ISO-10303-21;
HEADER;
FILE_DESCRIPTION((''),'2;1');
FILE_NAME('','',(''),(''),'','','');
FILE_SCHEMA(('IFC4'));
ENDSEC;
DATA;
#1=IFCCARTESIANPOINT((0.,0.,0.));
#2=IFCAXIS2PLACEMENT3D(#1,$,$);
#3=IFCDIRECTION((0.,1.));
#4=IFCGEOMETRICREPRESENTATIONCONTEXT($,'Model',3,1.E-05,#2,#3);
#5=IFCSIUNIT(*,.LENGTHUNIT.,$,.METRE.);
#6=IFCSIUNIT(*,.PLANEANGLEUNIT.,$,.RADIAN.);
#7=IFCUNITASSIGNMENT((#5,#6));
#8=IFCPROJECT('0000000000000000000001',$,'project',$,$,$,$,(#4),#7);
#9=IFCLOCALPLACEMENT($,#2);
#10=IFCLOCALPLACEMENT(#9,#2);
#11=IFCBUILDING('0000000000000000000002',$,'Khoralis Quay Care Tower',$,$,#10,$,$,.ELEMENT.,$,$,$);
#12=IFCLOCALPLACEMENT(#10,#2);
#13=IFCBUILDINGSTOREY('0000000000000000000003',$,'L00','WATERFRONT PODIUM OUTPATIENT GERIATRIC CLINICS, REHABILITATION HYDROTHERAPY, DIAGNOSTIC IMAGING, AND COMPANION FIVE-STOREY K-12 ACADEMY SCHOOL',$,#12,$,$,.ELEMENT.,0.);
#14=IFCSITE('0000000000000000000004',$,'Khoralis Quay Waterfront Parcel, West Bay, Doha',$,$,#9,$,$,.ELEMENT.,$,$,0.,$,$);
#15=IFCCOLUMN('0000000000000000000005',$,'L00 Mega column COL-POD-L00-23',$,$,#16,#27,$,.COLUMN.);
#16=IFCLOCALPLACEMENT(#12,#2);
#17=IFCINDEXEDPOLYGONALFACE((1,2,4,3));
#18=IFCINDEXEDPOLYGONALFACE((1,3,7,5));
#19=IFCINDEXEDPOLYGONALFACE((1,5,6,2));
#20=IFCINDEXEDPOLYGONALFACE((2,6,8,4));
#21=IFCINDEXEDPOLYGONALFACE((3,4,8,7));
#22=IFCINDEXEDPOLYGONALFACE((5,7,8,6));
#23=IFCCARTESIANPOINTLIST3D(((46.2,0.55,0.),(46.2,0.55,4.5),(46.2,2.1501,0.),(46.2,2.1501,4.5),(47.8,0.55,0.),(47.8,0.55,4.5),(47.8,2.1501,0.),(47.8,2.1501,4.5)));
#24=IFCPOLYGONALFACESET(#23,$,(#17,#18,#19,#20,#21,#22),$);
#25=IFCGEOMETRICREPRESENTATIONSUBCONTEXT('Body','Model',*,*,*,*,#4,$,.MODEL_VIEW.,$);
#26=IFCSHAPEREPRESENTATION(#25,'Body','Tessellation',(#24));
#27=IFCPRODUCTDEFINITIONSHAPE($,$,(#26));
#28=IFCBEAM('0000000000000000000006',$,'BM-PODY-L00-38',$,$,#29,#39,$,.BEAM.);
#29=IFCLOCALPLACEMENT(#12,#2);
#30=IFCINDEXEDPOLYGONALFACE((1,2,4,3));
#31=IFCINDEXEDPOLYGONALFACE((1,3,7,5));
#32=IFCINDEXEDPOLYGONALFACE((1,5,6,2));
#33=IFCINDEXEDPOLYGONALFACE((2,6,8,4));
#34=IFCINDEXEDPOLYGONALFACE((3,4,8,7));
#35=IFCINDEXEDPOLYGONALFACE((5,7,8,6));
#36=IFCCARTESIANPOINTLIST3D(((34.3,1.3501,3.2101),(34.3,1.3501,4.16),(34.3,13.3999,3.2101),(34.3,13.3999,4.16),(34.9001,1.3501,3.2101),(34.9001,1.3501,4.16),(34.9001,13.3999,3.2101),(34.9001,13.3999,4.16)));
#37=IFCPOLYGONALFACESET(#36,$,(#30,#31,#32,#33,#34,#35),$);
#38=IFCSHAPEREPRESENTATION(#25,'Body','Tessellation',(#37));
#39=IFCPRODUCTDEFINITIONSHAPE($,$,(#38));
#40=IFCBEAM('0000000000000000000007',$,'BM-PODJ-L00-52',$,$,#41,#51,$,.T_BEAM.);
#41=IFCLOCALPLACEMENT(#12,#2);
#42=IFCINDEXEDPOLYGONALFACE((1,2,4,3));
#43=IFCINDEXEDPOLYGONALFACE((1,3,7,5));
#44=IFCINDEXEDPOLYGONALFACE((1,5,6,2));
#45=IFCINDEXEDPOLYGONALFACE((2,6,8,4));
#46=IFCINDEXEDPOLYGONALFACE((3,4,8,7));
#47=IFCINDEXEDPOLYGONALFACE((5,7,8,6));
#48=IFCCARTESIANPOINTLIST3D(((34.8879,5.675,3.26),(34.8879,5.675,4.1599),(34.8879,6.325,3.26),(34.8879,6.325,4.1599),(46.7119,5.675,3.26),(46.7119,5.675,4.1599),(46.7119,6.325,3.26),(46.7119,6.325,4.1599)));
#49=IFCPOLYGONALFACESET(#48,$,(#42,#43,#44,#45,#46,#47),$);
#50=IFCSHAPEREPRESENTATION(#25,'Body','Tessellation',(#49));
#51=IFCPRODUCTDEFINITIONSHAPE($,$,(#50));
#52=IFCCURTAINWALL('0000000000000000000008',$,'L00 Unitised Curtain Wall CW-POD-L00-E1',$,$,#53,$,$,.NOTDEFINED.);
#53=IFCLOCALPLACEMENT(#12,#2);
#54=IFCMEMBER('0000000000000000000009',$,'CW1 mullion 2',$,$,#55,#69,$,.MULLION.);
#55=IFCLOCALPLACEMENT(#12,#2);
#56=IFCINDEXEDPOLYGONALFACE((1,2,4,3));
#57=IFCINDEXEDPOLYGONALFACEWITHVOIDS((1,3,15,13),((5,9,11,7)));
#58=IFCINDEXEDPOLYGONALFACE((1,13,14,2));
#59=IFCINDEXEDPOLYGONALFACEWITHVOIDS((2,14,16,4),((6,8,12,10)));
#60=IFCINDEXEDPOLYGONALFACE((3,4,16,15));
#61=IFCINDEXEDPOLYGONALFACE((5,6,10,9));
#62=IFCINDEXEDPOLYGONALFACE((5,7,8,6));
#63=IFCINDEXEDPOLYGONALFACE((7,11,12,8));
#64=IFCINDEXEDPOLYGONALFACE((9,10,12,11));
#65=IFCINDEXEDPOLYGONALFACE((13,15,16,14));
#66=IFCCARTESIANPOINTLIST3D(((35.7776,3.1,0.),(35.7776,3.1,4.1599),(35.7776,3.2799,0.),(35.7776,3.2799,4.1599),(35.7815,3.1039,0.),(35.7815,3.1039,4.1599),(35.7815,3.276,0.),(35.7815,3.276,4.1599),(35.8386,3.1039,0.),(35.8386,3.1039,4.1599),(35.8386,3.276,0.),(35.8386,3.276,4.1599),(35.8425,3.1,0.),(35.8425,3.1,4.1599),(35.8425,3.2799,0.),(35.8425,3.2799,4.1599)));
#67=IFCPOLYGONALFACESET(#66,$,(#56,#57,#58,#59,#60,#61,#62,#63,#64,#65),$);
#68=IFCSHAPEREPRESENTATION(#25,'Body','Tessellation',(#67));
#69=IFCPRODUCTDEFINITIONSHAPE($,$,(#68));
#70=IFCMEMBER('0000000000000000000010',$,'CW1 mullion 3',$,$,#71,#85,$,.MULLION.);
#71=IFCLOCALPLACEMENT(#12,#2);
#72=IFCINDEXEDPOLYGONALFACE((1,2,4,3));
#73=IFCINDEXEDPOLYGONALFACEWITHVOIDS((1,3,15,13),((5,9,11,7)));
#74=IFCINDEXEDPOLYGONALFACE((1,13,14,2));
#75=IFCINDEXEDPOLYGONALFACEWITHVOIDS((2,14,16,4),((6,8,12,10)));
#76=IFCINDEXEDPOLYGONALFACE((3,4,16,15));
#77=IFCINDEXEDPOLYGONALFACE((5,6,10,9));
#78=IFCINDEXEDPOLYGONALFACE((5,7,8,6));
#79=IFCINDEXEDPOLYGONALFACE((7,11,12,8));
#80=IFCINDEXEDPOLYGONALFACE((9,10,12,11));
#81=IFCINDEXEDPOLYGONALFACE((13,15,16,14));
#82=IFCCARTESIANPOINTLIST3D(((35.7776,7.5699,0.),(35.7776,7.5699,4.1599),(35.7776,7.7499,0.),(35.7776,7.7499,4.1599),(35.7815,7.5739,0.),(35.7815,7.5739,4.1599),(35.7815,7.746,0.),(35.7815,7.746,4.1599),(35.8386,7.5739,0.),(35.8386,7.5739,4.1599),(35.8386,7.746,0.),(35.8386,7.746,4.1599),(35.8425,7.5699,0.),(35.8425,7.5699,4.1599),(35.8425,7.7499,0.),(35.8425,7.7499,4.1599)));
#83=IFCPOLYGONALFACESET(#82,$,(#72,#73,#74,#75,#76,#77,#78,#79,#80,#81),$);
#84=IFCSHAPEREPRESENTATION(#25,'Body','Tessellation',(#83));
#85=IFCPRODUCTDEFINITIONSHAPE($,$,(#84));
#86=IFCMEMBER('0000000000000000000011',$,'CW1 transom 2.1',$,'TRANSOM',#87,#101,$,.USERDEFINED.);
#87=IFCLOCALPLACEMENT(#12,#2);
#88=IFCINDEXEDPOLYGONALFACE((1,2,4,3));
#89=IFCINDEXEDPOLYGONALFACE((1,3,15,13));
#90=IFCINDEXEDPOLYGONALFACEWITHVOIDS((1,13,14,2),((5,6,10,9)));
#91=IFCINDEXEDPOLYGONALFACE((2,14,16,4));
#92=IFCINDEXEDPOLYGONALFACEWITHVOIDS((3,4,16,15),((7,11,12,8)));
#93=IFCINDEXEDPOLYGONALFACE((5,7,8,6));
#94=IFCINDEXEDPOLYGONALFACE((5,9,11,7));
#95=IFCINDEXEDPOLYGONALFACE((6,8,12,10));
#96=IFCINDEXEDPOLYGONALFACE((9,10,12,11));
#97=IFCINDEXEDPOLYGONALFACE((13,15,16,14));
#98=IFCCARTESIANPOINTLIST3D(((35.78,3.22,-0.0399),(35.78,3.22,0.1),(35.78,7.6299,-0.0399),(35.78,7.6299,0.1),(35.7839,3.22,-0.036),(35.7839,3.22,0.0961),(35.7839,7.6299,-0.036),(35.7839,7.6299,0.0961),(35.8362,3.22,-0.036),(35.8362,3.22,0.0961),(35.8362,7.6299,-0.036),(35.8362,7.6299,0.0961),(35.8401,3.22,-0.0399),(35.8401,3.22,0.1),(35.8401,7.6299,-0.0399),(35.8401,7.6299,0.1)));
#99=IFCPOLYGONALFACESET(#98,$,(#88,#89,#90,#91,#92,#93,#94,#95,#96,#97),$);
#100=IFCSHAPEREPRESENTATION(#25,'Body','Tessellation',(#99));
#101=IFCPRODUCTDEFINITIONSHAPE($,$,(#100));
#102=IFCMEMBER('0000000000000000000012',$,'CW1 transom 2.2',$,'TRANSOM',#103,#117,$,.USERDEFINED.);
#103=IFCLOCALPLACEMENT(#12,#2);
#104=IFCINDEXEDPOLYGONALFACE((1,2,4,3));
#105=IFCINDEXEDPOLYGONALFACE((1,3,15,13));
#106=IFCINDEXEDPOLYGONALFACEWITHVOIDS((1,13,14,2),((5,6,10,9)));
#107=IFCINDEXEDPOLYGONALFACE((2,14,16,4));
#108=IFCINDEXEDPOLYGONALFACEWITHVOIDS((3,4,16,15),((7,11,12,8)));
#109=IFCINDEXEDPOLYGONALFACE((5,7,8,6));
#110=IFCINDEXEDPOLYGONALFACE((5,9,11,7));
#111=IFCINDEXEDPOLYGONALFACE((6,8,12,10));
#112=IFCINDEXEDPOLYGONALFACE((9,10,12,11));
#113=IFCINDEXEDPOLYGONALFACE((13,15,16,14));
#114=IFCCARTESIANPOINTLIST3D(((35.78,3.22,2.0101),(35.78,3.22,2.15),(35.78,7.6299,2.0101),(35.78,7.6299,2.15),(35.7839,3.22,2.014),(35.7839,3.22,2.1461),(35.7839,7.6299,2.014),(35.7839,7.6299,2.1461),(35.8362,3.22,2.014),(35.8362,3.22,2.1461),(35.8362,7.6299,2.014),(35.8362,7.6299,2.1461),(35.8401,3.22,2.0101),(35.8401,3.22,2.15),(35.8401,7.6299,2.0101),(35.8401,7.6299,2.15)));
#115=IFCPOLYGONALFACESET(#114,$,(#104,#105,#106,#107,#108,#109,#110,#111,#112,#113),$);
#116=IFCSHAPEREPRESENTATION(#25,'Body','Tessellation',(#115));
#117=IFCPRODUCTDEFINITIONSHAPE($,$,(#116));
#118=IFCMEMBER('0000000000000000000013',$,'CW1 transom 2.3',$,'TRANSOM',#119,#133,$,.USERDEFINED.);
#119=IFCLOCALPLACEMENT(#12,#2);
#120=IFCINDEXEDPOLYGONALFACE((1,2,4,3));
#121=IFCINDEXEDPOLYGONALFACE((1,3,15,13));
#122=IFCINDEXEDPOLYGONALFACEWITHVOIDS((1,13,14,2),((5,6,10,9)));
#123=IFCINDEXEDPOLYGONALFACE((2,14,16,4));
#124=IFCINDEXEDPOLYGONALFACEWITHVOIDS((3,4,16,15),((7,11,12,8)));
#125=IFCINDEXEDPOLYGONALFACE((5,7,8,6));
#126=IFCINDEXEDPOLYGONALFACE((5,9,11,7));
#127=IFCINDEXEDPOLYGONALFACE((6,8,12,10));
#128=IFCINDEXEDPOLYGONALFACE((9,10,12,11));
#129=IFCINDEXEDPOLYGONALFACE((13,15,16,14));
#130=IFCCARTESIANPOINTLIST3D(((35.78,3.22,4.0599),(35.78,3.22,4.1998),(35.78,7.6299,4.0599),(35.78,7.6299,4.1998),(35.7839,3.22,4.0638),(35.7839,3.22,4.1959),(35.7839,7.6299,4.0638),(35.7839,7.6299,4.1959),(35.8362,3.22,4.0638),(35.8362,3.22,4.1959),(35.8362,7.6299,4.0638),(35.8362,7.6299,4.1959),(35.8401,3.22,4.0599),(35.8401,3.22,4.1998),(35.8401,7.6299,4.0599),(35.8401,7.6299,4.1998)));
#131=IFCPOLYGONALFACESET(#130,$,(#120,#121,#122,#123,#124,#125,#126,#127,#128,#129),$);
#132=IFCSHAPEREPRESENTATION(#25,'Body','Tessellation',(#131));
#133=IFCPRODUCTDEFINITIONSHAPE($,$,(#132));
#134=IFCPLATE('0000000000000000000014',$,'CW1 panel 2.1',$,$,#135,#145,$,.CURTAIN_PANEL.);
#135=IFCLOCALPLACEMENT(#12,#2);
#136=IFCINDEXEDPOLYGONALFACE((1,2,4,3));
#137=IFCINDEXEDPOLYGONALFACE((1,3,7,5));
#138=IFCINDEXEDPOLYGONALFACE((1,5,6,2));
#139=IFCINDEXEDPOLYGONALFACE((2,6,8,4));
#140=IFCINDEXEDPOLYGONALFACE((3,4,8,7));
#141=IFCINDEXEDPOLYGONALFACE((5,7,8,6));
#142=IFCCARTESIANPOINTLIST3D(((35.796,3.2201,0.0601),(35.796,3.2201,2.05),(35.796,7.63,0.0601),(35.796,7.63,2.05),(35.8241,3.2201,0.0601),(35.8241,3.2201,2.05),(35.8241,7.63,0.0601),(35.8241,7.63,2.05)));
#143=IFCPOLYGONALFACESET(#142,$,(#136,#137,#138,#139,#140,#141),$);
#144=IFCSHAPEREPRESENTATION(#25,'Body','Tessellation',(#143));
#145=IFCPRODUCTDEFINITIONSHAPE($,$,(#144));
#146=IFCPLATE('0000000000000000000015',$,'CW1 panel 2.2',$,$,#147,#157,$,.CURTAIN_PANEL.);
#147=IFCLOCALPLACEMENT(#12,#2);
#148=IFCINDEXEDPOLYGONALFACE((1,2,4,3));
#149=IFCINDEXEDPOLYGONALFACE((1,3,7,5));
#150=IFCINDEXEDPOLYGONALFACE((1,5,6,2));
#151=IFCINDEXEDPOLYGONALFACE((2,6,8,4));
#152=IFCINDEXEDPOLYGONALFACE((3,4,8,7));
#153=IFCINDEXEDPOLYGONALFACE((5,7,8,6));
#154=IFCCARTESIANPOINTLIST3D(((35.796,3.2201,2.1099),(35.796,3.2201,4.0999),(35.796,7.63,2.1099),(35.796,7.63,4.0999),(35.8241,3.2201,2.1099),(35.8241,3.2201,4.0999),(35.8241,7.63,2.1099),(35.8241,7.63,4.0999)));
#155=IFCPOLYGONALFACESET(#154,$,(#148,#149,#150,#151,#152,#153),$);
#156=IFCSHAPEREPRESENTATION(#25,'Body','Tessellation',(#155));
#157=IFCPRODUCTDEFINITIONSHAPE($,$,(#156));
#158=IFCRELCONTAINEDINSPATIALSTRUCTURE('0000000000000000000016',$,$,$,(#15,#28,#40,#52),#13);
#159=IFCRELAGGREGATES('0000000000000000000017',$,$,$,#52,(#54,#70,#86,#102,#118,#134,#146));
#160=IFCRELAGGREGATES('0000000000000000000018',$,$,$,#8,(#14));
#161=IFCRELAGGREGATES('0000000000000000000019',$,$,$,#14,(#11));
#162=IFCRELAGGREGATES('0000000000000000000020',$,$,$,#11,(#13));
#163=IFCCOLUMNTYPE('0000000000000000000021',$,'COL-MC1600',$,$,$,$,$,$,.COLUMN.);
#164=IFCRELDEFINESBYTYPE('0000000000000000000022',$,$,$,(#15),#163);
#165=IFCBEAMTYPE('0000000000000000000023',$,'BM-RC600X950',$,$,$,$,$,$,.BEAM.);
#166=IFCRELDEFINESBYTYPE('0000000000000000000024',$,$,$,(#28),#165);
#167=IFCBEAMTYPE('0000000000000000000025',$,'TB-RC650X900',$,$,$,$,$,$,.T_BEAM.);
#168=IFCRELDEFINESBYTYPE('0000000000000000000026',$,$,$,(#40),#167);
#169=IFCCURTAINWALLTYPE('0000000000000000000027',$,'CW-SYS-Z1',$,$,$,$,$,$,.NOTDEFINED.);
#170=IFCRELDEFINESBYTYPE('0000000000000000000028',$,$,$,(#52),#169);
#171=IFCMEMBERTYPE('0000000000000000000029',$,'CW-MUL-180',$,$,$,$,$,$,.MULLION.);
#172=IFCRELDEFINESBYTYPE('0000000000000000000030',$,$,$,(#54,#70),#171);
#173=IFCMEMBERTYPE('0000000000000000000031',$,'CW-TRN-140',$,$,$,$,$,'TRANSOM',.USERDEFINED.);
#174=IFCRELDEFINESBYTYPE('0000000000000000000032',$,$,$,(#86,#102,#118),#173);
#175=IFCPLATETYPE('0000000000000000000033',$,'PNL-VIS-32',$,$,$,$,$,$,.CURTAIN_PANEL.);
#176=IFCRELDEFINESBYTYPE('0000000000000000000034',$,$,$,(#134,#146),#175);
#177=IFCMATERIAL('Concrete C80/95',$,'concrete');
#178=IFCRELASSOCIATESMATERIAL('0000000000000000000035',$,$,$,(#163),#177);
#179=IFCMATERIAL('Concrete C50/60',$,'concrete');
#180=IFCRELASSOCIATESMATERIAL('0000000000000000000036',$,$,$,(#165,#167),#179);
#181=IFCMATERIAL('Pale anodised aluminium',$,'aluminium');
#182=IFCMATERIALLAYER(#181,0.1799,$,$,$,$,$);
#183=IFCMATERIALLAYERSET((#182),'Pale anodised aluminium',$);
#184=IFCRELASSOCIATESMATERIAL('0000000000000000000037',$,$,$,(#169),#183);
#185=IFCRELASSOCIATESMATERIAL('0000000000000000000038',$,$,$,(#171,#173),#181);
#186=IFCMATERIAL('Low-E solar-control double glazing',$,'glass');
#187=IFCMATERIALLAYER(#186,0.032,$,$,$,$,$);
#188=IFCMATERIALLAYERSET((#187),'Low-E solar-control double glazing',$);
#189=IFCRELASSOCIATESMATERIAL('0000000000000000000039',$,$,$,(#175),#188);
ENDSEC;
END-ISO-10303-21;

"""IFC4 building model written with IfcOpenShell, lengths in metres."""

from ifc_helpers import new_model, si_unit, direction, frame, origin, origin_2d, place, context, subcontext, project, spatial, rectangle, hollow_rectangle, extrude, source, transform, mapped, material, layer, layer_set, material_profile, profile_set, type_object, element, aggregate, save


model = new_model("IFC4")

# Units and contexts
model_context = context("Model", 3, precision=1e-05, world=origin(), true_north=direction((0.0, 1.0)))
body_context = subcontext(model_context, "Body", "Model", "MODEL_VIEW")
ifc_project = project(units=[si_unit("LENGTHUNIT", "METRE"), si_unit("PLANEANGLEUNIT", "RADIAN")], contexts=[model_context])

# Site, building, storey
site_placement = place(None, origin())
site = spatial("IfcSite", under=ifc_project, at=site_placement, Name="Khoralis Quay Waterfront Parcel, West Bay, Doha", CompositionType="ELEMENT", RefElevation=0.0)
building_placement = place(site_placement, origin())
building = spatial("IfcBuilding", under=site, at=building_placement, Name="Khoralis Quay Care Tower", CompositionType="ELEMENT")
storey_placement = place(building_placement, origin())
storey = spatial("IfcBuildingStorey", under=building, at=storey_placement, Name="L00", Description="WATERFRONT PODIUM OUTPATIENT GERIATRIC CLINICS, REHABILITATION HYDROTHERAPY, DIAGNOSTIC IMAGING, AND COMPANION FIVE-STOREY K-12 ACADEMY SCHOOL", CompositionType="ELEMENT", Elevation=0.0)

# Column
ifc_material_1 = material(Name="Concrete C80/95", Category="concrete")
ifc_material_profile_1 = material_profile(ifc_material_1, rectangle(XDim=1.6001, YDim=1.6001, at=origin_2d()), Name="Concrete C80/95")
ifc_profile_set_1 = profile_set([ifc_material_profile_1], Name="Concrete C80/95")
column_type = type_object("IfcColumnType", Name="COL-MC1600", PredefinedType="COLUMN", material=ifc_profile_set_1)
shared_shape_1 = source(origin(), body_context, "Body", "SweptSolid", [
    extrude(rectangle(XDim=1.6001, YDim=1.6001, at=origin_2d()), origin(), (0.0, 0.0, 1.0), 4.5),
])
column_placement = place(storey_placement, frame((47.0, 1.3501, 0.0), z_axis=(0.0, 0.0, 1.0), x_axis=(1.0, 0.0, 0.0)))
element("IfcColumn", 1, at=column_placement, inside=storey, type_object=column_type, Name="L00 Mega column COL-POD-L00-23", PredefinedType="COLUMN", context=body_context, shape_type="MappedRepresentation", body=[
    mapped(shared_shape_1, transform((0.0, 0.0, 0.0), scale=1.0)),
])

# Beams
ifc_material_2 = material(Name="Concrete C50/60", Category="concrete")
ifc_material_profile_2 = material_profile(ifc_material_2, rectangle(XDim=0.6001, YDim=0.95, at=origin_2d()), Name="Concrete C50/60")
ifc_profile_set_2 = profile_set([ifc_material_profile_2], Name="Concrete C50/60")
beam_type_1 = type_object("IfcBeamType", Name="BM-RC600X950", PredefinedType="BEAM", material=ifc_profile_set_2)
shared_shape_2 = source(origin(), body_context, "Body", "SweptSolid", [
    extrude(rectangle(XDim=0.6001, YDim=0.95, at=origin_2d()), origin(), (0.0, 0.0, 1.0), 12.0498),
])
beam_1_placement = place(storey_placement, frame((34.6001, 1.3501, 3.6851), z_axis=(0.0, 1.0, 0.0), x_axis=(-1.0, 0.0, 0.0)))
element("IfcBeam", 2, at=beam_1_placement, inside=storey, type_object=beam_type_1, Name="BM-PODY-L00-38", PredefinedType="BEAM", context=body_context, shape_type="MappedRepresentation", body=[
    mapped(shared_shape_2, transform((0.0, 0.0, 0.0), scale=1.0)),
])
ifc_material_profile_3 = material_profile(ifc_material_2, rectangle(XDim=0.6499, YDim=0.8999, at=origin_2d()), Name="Concrete C50/60")
ifc_profile_set_3 = profile_set([ifc_material_profile_3], Name="Concrete C50/60")
beam_type_2 = type_object("IfcBeamType", Name="TB-RC650X900", PredefinedType="T_BEAM", material=ifc_profile_set_3)
shared_shape_3 = source(origin(), body_context, "Body", "SweptSolid", [
    extrude(rectangle(XDim=0.6499, YDim=0.8999, at=origin_2d()), origin(), (0.0, 0.0, 1.0), 11.824),
])
beam_2_placement = place(storey_placement, frame((34.8879, 6.0, 3.71), z_axis=(1.0, 0.0, 0.0), x_axis=(0.0, 1.0, 0.0)))
element("IfcBeam", 3, at=beam_2_placement, inside=storey, type_object=beam_type_2, Name="BM-PODJ-L00-52", PredefinedType="T_BEAM", context=body_context, shape_type="MappedRepresentation", body=[
    mapped(shared_shape_3, transform((0.0, 0.0, 0.0), scale=1.0)),
])

# Curtain wall, members, plates
ifc_material_3 = material(Name="Pale anodised aluminium", Category="aluminium")
ifc_layer_1 = layer(ifc_material_3, 0.1799)
ifc_layer_set_1 = layer_set([ifc_layer_1], Name="Pale anodised aluminium")
curtain_wall_type = type_object("IfcCurtainWallType", Name="CW-SYS-Z1", PredefinedType="NOTDEFINED", material=ifc_layer_set_1)
curtain_wall_placement = place(storey_placement, origin())
curtain_wall = element("IfcCurtainWall", 4, at=curtain_wall_placement, inside=storey, type_object=curtain_wall_type, Name="L00 Unitised Curtain Wall CW-POD-L00-E1", PredefinedType="NOTDEFINED")
ifc_material_profile_4 = material_profile(ifc_material_3, hollow_rectangle(XDim=0.0649, YDim=0.1799, WallThickness=0.0039, at=origin_2d()), Name="Pale anodised aluminium")
ifc_profile_set_4 = profile_set([ifc_material_profile_4], Name="Pale anodised aluminium")
member_type_1 = type_object("IfcMemberType", Name="CW-MUL-180", PredefinedType="MULLION", material=ifc_profile_set_4)
shared_shape_4 = source(origin(), body_context, "Body", "SweptSolid", [
    extrude(hollow_rectangle(XDim=0.0649, YDim=0.1799, WallThickness=0.0039, at=origin_2d()), origin(), (0.0, 0.0, 1.0), 4.1599),
])
member_1_placement = place(storey_placement, frame((35.8101, 3.1899, 0.0), z_axis=(0.0, 0.0, 1.0), x_axis=(-1.0, 0.0, 0.0)))
member_1 = element("IfcMember", 5, at=member_1_placement, type_object=member_type_1, Name="CW1 mullion 2", PredefinedType="MULLION", context=body_context, shape_type="MappedRepresentation", body=[
    mapped(shared_shape_4, transform((0.0, 0.0, 0.0), scale=1.0)),
])
member_2_placement = place(storey_placement, frame((35.8101, 7.6599, 0.0), z_axis=(0.0, 0.0, 1.0), x_axis=(-1.0, 0.0, 0.0)))
member_2 = element("IfcMember", 6, at=member_2_placement, type_object=member_type_1, Name="CW1 mullion 3", PredefinedType="MULLION", context=body_context, shape_type="MappedRepresentation", body=[
    mapped(shared_shape_4, transform((0.0, 0.0, 0.0), scale=1.0)),
])
ifc_material_profile_5 = material_profile(ifc_material_3, hollow_rectangle(XDim=0.0601, YDim=0.1399, WallThickness=0.0039, at=origin_2d()), Name="Pale anodised aluminium")
ifc_profile_set_5 = profile_set([ifc_material_profile_5], Name="Pale anodised aluminium")
member_type_2 = type_object("IfcMemberType", Name="CW-TRN-140", ElementType="TRANSOM", PredefinedType="USERDEFINED", material=ifc_profile_set_5)
shared_shape_5 = source(origin(), body_context, "Body", "SweptSolid", [
    extrude(hollow_rectangle(XDim=0.0601, YDim=0.1399, WallThickness=0.0039, at=origin_2d()), origin(), (0.0, 0.0, 1.0), 4.4099),
])
member_3_placement = place(storey_placement, frame((35.8101, 3.22, 0.03), z_axis=(0.0, 1.0, 0.0), x_axis=(-1.0, 0.0, 0.0)))
member_3 = element("IfcMember", 7, at=member_3_placement, type_object=member_type_2, Name="CW1 transom 2.1", ObjectType="TRANSOM", PredefinedType="USERDEFINED", context=body_context, shape_type="MappedRepresentation", body=[
    mapped(shared_shape_5, transform((0.0, 0.0, 0.0), scale=1.0)),
])
member_4_placement = place(storey_placement, frame((35.8101, 3.22, 2.0801), z_axis=(0.0, 1.0, 0.0), x_axis=(-1.0, 0.0, 0.0)))
member_4 = element("IfcMember", 8, at=member_4_placement, type_object=member_type_2, Name="CW1 transom 2.2", ObjectType="TRANSOM", PredefinedType="USERDEFINED", context=body_context, shape_type="MappedRepresentation", body=[
    mapped(shared_shape_5, transform((0.0, 0.0, 0.0), scale=1.0)),
])
member_5_placement = place(storey_placement, frame((35.8101, 3.22, 4.1299), z_axis=(0.0, 1.0, 0.0), x_axis=(-1.0, 0.0, 0.0)))
member_5 = element("IfcMember", 9, at=member_5_placement, type_object=member_type_2, Name="CW1 transom 2.3", ObjectType="TRANSOM", PredefinedType="USERDEFINED", context=body_context, shape_type="MappedRepresentation", body=[
    mapped(shared_shape_5, transform((0.0, 0.0, 0.0), scale=1.0)),
])
ifc_material_4 = material(Name="Low-E solar-control double glazing", Category="glass")
ifc_layer_2 = layer(ifc_material_4, 0.032)
ifc_layer_set_2 = layer_set([ifc_layer_2], Name="Low-E solar-control double glazing")
plate_type = type_object("IfcPlateType", Name="PNL-VIS-32", PredefinedType="CURTAIN_PANEL", material=ifc_layer_set_2)
shared_shape_6 = source(origin(), body_context, "Body", "SweptSolid", [
    extrude(rectangle(XDim=4.4099, YDim=0.0281, at=origin_2d()), origin(), (0.0, 0.0, 1.0), 1.99),
])
plate_1_placement = place(storey_placement, frame((35.8101, 5.425, 0.0601), z_axis=(0.0, 0.0, 1.0), x_axis=(0.0, 1.0, 0.0)))
plate_1 = element("IfcPlate", 10, at=plate_1_placement, type_object=plate_type, Name="CW1 panel 2.1", PredefinedType="CURTAIN_PANEL", context=body_context, shape_type="MappedRepresentation", body=[
    mapped(shared_shape_6, transform((0.0, 0.0, 0.0), scale=1.0)),
])
plate_2_placement = place(storey_placement, frame((35.8101, 5.425, 2.1099), z_axis=(0.0, 0.0, 1.0), x_axis=(0.0, 1.0, 0.0)))
plate_2 = element("IfcPlate", 11, at=plate_2_placement, type_object=plate_type, Name="CW1 panel 2.2", PredefinedType="CURTAIN_PANEL", context=body_context, shape_type="MappedRepresentation", body=[
    mapped(shared_shape_6, transform((0.0, 0.0, 0.0), scale=1.0)),
])
aggregate(curtain_wall, [member_1, member_2, member_3, member_4, member_5, plate_1, plate_2])

save(model, "model.ifc")
